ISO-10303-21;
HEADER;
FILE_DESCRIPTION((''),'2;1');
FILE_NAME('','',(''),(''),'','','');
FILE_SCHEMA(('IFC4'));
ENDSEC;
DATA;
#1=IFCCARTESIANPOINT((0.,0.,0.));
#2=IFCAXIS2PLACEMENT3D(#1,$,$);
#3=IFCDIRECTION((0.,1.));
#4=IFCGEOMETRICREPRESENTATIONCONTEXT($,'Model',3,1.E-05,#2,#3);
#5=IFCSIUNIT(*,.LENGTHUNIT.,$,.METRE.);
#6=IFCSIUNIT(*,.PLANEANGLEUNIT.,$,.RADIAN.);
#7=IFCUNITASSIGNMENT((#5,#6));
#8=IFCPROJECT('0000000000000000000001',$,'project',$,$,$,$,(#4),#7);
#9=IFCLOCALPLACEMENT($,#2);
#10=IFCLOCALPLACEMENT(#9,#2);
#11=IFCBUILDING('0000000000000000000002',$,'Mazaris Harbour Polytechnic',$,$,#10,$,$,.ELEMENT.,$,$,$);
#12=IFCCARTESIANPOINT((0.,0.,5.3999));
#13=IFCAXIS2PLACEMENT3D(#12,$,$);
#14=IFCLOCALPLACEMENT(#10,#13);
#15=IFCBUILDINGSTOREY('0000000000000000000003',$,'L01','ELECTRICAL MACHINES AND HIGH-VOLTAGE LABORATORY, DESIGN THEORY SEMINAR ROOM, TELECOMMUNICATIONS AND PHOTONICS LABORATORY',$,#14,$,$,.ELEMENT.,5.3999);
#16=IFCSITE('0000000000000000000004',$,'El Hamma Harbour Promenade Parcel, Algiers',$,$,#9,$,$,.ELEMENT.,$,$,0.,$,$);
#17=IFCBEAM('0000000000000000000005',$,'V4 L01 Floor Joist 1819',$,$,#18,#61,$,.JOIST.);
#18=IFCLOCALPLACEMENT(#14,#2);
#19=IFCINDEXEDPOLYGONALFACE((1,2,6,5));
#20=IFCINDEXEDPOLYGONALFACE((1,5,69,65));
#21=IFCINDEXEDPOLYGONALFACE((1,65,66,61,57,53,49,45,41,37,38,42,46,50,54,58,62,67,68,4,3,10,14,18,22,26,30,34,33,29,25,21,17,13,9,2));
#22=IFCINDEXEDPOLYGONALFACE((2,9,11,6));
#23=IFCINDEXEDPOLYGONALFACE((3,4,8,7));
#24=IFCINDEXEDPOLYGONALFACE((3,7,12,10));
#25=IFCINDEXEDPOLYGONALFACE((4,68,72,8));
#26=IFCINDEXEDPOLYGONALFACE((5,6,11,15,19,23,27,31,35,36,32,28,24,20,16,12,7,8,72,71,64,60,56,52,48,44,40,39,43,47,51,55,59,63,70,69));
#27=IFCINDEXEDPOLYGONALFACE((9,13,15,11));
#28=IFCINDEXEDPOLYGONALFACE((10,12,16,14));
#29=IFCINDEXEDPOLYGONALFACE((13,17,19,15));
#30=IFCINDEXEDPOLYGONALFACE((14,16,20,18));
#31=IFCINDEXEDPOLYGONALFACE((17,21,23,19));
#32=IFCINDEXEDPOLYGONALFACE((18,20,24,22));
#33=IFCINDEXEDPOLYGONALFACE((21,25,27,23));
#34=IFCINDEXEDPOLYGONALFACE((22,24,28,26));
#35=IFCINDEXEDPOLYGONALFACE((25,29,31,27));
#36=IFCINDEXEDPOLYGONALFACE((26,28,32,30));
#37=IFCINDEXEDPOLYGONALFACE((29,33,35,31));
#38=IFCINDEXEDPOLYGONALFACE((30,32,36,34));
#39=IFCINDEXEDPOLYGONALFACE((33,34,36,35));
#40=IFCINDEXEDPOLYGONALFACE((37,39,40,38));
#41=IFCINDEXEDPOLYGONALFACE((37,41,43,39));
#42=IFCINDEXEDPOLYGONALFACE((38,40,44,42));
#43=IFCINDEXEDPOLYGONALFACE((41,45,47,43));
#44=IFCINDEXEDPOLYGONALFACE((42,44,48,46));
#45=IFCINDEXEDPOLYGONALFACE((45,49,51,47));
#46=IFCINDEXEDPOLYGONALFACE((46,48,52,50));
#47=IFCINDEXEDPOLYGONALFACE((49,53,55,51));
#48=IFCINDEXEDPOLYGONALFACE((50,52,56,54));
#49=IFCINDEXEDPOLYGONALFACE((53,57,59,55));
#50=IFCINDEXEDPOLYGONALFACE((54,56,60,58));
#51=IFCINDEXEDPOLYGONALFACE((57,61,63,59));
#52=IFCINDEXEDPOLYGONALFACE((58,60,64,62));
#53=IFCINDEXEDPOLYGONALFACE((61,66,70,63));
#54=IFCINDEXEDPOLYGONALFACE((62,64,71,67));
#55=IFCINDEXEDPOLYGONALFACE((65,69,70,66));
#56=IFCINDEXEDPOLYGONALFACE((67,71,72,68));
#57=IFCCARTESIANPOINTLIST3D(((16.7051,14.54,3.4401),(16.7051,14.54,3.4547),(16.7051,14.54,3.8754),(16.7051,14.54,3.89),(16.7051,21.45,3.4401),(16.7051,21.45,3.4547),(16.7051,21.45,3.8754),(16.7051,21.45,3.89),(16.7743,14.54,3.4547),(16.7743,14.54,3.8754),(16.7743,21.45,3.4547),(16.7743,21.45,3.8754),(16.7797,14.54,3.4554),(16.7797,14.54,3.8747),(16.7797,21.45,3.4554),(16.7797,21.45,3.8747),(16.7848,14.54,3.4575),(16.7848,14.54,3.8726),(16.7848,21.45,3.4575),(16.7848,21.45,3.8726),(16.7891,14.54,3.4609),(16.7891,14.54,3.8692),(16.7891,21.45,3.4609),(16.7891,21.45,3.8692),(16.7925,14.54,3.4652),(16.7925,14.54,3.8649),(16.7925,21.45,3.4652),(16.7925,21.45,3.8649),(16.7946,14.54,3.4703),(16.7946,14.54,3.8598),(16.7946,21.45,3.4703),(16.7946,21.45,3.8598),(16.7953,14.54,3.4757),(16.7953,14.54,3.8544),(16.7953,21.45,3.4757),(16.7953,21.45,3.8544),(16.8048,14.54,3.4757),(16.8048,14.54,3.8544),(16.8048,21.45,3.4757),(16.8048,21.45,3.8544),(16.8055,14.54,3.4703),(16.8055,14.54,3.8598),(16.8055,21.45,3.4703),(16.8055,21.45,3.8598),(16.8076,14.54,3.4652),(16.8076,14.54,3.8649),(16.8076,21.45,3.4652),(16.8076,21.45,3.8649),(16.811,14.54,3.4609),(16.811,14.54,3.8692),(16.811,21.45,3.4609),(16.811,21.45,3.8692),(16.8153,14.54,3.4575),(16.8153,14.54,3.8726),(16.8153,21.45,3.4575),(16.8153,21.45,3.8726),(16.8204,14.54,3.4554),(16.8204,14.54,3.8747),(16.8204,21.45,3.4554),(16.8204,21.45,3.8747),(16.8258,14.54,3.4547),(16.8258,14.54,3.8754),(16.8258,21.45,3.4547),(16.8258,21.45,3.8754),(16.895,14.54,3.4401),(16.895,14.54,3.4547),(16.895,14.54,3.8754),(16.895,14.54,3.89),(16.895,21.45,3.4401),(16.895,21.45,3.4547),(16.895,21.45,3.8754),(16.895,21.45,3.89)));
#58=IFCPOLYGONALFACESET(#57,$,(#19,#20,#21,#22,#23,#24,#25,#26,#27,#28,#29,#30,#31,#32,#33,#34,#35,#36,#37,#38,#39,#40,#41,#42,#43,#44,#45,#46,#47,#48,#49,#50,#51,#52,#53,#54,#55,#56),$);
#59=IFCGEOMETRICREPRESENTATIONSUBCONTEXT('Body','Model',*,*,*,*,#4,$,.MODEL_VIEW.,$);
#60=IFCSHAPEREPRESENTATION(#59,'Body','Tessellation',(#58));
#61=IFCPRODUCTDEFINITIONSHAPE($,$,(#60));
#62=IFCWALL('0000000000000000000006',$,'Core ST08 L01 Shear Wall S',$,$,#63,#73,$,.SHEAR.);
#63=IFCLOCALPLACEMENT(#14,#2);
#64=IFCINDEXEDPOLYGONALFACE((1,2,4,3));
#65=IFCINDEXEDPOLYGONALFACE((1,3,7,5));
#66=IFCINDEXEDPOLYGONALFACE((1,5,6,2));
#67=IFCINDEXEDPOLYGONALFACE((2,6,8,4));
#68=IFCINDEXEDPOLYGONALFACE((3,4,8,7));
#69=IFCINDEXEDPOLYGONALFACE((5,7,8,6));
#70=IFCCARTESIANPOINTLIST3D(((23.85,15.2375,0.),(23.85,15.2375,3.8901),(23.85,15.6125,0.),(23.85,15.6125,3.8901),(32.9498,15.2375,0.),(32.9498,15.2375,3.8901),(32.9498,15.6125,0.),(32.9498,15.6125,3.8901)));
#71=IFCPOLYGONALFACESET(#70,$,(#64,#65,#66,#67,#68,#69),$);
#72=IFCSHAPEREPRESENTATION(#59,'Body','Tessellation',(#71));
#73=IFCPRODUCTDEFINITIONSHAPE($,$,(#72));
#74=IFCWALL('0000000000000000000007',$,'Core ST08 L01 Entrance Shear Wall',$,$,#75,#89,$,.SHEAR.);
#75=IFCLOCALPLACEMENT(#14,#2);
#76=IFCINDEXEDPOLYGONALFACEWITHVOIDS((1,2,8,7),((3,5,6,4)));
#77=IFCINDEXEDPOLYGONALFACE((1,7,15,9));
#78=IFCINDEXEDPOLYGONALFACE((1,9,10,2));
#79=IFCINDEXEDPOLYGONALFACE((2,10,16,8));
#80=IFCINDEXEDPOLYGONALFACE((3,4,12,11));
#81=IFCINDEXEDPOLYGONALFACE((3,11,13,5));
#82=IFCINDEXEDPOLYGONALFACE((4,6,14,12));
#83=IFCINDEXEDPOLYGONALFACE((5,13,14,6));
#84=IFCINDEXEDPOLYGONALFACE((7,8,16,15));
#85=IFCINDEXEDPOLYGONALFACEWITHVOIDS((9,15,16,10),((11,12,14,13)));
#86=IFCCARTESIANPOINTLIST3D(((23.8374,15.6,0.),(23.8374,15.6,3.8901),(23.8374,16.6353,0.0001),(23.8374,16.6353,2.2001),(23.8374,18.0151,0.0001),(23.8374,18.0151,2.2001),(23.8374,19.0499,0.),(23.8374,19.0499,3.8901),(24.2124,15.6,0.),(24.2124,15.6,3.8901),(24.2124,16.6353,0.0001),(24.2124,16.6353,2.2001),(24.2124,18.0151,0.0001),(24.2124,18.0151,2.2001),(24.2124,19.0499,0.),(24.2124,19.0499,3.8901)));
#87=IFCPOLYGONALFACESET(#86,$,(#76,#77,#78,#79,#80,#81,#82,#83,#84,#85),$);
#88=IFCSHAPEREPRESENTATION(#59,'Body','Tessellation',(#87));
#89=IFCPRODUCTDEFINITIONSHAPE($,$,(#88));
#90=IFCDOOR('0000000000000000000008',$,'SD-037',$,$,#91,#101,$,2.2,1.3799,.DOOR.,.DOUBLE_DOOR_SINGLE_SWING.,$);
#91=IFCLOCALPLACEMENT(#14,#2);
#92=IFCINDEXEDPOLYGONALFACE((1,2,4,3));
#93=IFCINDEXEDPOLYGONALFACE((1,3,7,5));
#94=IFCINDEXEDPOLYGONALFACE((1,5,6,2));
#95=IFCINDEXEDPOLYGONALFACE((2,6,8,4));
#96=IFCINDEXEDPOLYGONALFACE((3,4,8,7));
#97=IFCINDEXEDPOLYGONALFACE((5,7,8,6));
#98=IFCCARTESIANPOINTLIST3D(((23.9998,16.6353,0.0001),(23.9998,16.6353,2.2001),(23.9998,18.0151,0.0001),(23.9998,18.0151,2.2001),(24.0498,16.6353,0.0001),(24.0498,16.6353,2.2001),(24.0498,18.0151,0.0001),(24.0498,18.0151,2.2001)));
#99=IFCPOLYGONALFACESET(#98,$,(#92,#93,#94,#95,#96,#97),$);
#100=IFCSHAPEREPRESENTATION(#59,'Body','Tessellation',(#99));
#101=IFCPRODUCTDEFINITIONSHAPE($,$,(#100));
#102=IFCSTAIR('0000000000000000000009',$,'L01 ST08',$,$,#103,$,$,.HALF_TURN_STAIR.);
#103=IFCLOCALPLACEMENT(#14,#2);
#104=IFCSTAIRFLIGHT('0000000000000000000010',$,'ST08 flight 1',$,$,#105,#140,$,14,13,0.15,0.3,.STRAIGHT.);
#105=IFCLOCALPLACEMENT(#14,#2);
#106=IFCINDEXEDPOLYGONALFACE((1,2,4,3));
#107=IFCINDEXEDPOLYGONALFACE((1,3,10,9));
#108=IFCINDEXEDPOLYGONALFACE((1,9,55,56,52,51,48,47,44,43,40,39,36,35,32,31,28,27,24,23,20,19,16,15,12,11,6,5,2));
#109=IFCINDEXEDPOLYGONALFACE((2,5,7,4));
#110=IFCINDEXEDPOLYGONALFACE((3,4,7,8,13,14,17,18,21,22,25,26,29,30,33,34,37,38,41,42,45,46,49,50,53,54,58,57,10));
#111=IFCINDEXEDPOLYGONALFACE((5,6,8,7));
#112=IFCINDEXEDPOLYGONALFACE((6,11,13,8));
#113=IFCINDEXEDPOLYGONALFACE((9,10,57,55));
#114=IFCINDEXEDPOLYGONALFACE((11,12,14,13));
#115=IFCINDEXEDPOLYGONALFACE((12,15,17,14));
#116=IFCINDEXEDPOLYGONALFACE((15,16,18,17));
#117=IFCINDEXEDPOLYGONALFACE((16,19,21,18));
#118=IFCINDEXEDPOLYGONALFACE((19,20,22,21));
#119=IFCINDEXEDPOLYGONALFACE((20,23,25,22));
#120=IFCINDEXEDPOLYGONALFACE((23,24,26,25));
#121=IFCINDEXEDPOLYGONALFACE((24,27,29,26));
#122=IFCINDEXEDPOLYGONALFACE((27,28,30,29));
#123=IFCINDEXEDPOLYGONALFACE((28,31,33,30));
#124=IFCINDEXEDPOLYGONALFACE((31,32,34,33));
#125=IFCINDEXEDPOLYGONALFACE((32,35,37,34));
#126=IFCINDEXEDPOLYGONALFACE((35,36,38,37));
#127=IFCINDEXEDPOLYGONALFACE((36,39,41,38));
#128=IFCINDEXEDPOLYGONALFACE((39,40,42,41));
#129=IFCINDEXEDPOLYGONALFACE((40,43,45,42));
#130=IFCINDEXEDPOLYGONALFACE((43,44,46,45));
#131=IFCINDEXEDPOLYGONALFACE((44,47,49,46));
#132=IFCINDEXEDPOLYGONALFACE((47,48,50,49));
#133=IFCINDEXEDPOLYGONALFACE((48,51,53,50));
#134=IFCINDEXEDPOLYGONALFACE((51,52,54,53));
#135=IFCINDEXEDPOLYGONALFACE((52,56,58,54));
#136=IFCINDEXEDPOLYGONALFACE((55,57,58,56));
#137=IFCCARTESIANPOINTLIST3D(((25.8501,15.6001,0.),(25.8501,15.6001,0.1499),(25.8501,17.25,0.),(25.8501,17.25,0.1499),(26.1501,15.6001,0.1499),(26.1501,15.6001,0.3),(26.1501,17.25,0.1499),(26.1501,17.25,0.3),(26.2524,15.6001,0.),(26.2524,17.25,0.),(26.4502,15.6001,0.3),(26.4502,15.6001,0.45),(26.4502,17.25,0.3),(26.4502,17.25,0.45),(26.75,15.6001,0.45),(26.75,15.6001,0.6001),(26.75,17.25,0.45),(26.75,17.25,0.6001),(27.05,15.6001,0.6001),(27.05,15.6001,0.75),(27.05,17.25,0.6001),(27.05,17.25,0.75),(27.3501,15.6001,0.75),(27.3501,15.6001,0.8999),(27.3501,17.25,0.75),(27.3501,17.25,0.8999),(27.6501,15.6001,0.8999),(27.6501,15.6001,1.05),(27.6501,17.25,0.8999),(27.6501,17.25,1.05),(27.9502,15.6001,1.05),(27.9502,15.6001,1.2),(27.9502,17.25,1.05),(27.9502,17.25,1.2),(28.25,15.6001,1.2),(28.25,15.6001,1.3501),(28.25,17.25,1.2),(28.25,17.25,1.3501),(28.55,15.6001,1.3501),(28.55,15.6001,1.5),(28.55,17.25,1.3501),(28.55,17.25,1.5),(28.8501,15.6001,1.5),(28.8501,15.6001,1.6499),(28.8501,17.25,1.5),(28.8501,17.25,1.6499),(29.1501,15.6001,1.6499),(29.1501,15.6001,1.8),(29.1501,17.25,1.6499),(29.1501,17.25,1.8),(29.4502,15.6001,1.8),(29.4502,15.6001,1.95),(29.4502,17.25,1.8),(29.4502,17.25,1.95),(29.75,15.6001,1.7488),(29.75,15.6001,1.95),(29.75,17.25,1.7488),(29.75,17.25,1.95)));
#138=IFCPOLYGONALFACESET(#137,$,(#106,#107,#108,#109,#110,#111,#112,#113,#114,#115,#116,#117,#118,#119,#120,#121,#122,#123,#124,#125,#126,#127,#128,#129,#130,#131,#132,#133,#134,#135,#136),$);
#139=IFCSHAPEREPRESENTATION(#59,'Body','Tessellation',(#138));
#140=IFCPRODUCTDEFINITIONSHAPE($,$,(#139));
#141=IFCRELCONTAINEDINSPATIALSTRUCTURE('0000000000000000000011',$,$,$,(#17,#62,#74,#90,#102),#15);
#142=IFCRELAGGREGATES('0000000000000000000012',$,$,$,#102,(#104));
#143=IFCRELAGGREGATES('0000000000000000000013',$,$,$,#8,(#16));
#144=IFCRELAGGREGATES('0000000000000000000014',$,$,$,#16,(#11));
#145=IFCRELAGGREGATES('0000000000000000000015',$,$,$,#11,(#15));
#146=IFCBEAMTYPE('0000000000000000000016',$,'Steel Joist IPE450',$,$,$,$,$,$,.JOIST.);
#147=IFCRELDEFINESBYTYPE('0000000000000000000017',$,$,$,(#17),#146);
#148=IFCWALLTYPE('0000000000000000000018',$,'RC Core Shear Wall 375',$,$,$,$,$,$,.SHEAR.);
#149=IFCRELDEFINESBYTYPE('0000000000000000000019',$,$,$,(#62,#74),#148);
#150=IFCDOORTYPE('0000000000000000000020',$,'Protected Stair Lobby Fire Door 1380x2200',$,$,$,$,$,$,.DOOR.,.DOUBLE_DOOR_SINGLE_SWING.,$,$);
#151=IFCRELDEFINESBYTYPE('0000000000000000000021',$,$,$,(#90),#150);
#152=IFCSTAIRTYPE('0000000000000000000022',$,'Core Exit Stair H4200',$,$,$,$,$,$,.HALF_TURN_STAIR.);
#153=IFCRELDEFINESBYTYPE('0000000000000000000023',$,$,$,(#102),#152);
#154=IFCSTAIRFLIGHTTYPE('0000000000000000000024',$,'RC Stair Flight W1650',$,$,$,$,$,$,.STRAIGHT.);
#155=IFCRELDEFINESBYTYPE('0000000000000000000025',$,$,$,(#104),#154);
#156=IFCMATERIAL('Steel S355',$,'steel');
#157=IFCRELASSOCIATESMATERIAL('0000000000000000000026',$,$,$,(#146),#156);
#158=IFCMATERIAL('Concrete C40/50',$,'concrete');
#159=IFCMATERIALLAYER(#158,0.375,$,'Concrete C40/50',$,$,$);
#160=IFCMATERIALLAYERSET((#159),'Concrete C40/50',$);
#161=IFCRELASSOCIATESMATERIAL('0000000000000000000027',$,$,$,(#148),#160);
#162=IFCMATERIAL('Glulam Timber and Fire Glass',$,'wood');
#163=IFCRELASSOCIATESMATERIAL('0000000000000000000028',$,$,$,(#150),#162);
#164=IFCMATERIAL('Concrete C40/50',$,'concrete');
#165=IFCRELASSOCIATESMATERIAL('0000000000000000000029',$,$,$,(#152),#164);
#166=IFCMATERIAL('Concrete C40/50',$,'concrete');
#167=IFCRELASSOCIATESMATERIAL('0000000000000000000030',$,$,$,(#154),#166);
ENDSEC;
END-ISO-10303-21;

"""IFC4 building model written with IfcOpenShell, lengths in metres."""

from ifc_helpers import new_model, si_unit, direction, frame, frame_2d, origin, origin_2d, place, context, subcontext, project, spatial, polyline, rectangle, i_section, outline, extrude, material, layer, layer_set, material_profile, profile_set, type_object, element, fill, aggregate, save


model = new_model("IFC4")

# Units and contexts
model_context = context("Model", 3, precision=1e-05, world=origin(), true_north=direction((0.0, 1.0)))
body_context = subcontext(model_context, "Body", "Model", "MODEL_VIEW")
ifc_project = project(units=[si_unit("LENGTHUNIT", "METRE"), si_unit("PLANEANGLEUNIT", "RADIAN")], contexts=[model_context])

# Site, building, storey
site_placement = place(None, origin())
site = spatial("IfcSite", under=ifc_project, at=site_placement, Name="El Hamma Harbour Promenade Parcel, Algiers", CompositionType="ELEMENT", RefElevation=0.0)
building_placement = place(site_placement, origin())
building = spatial("IfcBuilding", under=site, at=building_placement, Name="Mazaris Harbour Polytechnic", CompositionType="ELEMENT")
storey_placement = place(building_placement, frame((0.0, 0.0, 5.3999)))
storey = spatial("IfcBuildingStorey", under=building, at=storey_placement, Name="L01", Description="ELECTRICAL MACHINES AND HIGH-VOLTAGE LABORATORY, DESIGN THEORY SEMINAR ROOM, TELECOMMUNICATIONS AND PHOTONICS LABORATORY", CompositionType="ELEMENT", Elevation=5.3999)

# Beam
ifc_material_1 = material(Name="Steel S355", Category="steel")
ifc_material_profile_1 = material_profile(ifc_material_1, i_section(OverallWidth=0.1899, OverallDepth=0.45, WebThickness=0.0095, FlangeThickness=0.0146, FilletRadius=0.021, at=origin_2d()), Name="IPE 450")
ifc_profile_set_1 = profile_set([ifc_material_profile_1], Name="Steel S355")
beam_type_1 = type_object("IfcBeamType", Name="Steel Joist IPE450", PredefinedType="JOIST", material=ifc_profile_set_1)
beam_1_placement = place(storey_placement, frame((16.8, 14.54, 3.665), z_axis=(0.0, 1.0, 0.0), x_axis=(-1.0, 0.0, 0.0)))
element("IfcBeam", 1, at=beam_1_placement, inside=storey, type_object=beam_type_1, Name="V4 L01 Floor Joist 1819", PredefinedType="JOIST", context=body_context, shape_type="SweptSolid", body=[
    extrude(i_section(OverallWidth=0.1899, OverallDepth=0.45, WebThickness=0.0095, FlangeThickness=0.0146, FilletRadius=0.021, at=origin_2d()), origin(), (0.0, 0.0, 1.0), 6.9099),
])

# Wall
ifc_material_2 = material(Name="Concrete C40/50", Category="concrete")
ifc_layer = layer(ifc_material_2, 0.375, Name="Concrete C40/50")
ifc_layer_set = layer_set([ifc_layer], Name="Concrete C40/50")
wall_type = type_object("IfcWallType", Name="RC Core Shear Wall 375", PredefinedType="SHEAR", material=ifc_layer_set)
wall_1_placement = place(storey_placement, frame((23.8501, 15.425, 0.0), z_axis=(0.0, 0.0, 1.0), x_axis=(1.0, 0.0, 0.0)))
element("IfcWall", 2, at=wall_1_placement, inside=storey, type_object=wall_type, Name="Core ST08 L01 Shear Wall S", PredefinedType="SHEAR", context=body_context, shape_type="SweptSolid", body=[
    extrude(rectangle(XDim=9.0999, YDim=0.375, at=frame_2d((4.5498, 0.0))), origin(), (0.0, 0.0, 1.0), 3.8901),
])

# Wall, opening, door
wall_2_placement = place(storey_placement, frame((24.0249, 19.05, 0.0), z_axis=(0.0, 0.0, 1.0), x_axis=(0.0, -1.0, 0.0)))
wall_2 = element("IfcWall", 3, at=wall_2_placement, inside=storey, type_object=wall_type, Name="Core ST08 L01 Entrance Shear Wall", PredefinedType="SHEAR", context=body_context, shape_type="SweptSolid", body=[
    extrude(rectangle(XDim=3.45, YDim=0.375, at=frame_2d((1.7251, 0.0))), origin(), (0.0, 0.0, 1.0), 3.8901),
])
opening_placement = place(wall_2_placement, frame((1.0349, 0.0, 0.0)))
opening = element("IfcOpeningElement", 4, at=opening_placement, cuts=wall_2, PredefinedType="OPENING", context=body_context, shape_type="SweptSolid", body=[
    extrude(rectangle(XDim=1.3799, YDim=2.2, at=frame_2d((0.6899, 1.1001))), frame((0.0, 0.1975, 0.0), z_axis=(0.0, -1.0, 0.0), x_axis=(1.0, 0.0, 0.0)), (0.0, 0.0, 1.0), 0.395),
])
ifc_material_3 = material(Name="Glulam Timber and Fire Glass", Category="wood")
door_type = type_object("IfcDoorType", Name="Protected Stair Lobby Fire Door 1380x2200", OperationType="DOUBLE_DOOR_SINGLE_SWING", PredefinedType="DOOR", material=ifc_material_3)
door_placement = place(opening_placement, origin())
door = element("IfcDoor", 5, at=door_placement, inside=storey, type_object=door_type, Name="SD-037", OperationType="DOUBLE_DOOR_SINGLE_SWING", OverallHeight=2.2, OverallWidth=1.3799, PredefinedType="DOOR", context=body_context, shape_type="SweptSolid", body=[
    extrude(rectangle(XDim=1.3799, YDim=2.2, at=frame_2d((0.6899, 1.1001))), frame((0.0, 0.0249, 0.0), z_axis=(0.0, -1.0, 0.0), x_axis=(1.0, 0.0, 0.0)), (0.0, 0.0, 1.0), 0.05),
])
fill(opening, door)

# Stair, stair flight
ifc_material_4 = material(Name="Concrete C40/50", Category="concrete")
stair_type = type_object("IfcStairType", Name="Core Exit Stair H4200", PredefinedType="HALF_TURN_STAIR", material=ifc_material_4)
stair_placement = place(storey_placement, origin())
stair = element("IfcStair", 6, at=stair_placement, inside=storey, type_object=stair_type, Name="L01 ST08", PredefinedType="HALF_TURN_STAIR")
ifc_material_5 = material(Name="Concrete C40/50", Category="concrete")
stair_flight_type = type_object("IfcStairFlightType", Name="RC Stair Flight W1650", PredefinedType="STRAIGHT", material=ifc_material_5)
stair_flight_placement = place(storey_placement, frame((25.8501, 16.425, 0.0), z_axis=(0.0, 0.0, 1.0), x_axis=(1.0, 0.0, 0.0)))
stair_flight = element("IfcStairFlight", 7, at=stair_flight_placement, type_object=stair_flight_type, Name="ST08 flight 1", NumberOfRisers=14, NumberOfTreads=13, PredefinedType="STRAIGHT", RiserHeight=0.15, TreadLength=0.3, context=body_context, shape_type="SweptSolid", body=[
    extrude(outline(polyline([(0.0, 0.0), (0.0, 0.1499), (0.3, 0.1499), (0.3, 0.3), (0.6001, 0.3), (0.6001, 0.45), (0.8999, 0.45), (0.8999, 0.6001), (1.2, 0.6001), (1.2, 0.75), (1.5, 0.75), (1.5, 0.8999), (1.8, 0.8999), (1.8, 1.05), (2.1001, 1.05), (2.1001, 1.2), (2.3999, 1.2), (2.3999, 1.3501), (2.7, 1.3501), (2.7, 1.5), (3.0, 1.5), (3.0, 1.6499), (3.3, 1.6499), (3.3, 1.8), (3.6001, 1.8), (3.6001, 1.95), (3.8999, 1.95), (3.8999, 2.1001), (3.8999, 1.7488), (0.4023, 0.0), (0.0, 0.0)])), frame((0.0, 0.825, 0.0), z_axis=(0.0, -1.0, 0.0), x_axis=(1.0, 0.0, 0.0)), (0.0, 0.0, 1.0), 1.6499),
])
aggregate(stair, [stair_flight])

save(model, "model.ifc")
